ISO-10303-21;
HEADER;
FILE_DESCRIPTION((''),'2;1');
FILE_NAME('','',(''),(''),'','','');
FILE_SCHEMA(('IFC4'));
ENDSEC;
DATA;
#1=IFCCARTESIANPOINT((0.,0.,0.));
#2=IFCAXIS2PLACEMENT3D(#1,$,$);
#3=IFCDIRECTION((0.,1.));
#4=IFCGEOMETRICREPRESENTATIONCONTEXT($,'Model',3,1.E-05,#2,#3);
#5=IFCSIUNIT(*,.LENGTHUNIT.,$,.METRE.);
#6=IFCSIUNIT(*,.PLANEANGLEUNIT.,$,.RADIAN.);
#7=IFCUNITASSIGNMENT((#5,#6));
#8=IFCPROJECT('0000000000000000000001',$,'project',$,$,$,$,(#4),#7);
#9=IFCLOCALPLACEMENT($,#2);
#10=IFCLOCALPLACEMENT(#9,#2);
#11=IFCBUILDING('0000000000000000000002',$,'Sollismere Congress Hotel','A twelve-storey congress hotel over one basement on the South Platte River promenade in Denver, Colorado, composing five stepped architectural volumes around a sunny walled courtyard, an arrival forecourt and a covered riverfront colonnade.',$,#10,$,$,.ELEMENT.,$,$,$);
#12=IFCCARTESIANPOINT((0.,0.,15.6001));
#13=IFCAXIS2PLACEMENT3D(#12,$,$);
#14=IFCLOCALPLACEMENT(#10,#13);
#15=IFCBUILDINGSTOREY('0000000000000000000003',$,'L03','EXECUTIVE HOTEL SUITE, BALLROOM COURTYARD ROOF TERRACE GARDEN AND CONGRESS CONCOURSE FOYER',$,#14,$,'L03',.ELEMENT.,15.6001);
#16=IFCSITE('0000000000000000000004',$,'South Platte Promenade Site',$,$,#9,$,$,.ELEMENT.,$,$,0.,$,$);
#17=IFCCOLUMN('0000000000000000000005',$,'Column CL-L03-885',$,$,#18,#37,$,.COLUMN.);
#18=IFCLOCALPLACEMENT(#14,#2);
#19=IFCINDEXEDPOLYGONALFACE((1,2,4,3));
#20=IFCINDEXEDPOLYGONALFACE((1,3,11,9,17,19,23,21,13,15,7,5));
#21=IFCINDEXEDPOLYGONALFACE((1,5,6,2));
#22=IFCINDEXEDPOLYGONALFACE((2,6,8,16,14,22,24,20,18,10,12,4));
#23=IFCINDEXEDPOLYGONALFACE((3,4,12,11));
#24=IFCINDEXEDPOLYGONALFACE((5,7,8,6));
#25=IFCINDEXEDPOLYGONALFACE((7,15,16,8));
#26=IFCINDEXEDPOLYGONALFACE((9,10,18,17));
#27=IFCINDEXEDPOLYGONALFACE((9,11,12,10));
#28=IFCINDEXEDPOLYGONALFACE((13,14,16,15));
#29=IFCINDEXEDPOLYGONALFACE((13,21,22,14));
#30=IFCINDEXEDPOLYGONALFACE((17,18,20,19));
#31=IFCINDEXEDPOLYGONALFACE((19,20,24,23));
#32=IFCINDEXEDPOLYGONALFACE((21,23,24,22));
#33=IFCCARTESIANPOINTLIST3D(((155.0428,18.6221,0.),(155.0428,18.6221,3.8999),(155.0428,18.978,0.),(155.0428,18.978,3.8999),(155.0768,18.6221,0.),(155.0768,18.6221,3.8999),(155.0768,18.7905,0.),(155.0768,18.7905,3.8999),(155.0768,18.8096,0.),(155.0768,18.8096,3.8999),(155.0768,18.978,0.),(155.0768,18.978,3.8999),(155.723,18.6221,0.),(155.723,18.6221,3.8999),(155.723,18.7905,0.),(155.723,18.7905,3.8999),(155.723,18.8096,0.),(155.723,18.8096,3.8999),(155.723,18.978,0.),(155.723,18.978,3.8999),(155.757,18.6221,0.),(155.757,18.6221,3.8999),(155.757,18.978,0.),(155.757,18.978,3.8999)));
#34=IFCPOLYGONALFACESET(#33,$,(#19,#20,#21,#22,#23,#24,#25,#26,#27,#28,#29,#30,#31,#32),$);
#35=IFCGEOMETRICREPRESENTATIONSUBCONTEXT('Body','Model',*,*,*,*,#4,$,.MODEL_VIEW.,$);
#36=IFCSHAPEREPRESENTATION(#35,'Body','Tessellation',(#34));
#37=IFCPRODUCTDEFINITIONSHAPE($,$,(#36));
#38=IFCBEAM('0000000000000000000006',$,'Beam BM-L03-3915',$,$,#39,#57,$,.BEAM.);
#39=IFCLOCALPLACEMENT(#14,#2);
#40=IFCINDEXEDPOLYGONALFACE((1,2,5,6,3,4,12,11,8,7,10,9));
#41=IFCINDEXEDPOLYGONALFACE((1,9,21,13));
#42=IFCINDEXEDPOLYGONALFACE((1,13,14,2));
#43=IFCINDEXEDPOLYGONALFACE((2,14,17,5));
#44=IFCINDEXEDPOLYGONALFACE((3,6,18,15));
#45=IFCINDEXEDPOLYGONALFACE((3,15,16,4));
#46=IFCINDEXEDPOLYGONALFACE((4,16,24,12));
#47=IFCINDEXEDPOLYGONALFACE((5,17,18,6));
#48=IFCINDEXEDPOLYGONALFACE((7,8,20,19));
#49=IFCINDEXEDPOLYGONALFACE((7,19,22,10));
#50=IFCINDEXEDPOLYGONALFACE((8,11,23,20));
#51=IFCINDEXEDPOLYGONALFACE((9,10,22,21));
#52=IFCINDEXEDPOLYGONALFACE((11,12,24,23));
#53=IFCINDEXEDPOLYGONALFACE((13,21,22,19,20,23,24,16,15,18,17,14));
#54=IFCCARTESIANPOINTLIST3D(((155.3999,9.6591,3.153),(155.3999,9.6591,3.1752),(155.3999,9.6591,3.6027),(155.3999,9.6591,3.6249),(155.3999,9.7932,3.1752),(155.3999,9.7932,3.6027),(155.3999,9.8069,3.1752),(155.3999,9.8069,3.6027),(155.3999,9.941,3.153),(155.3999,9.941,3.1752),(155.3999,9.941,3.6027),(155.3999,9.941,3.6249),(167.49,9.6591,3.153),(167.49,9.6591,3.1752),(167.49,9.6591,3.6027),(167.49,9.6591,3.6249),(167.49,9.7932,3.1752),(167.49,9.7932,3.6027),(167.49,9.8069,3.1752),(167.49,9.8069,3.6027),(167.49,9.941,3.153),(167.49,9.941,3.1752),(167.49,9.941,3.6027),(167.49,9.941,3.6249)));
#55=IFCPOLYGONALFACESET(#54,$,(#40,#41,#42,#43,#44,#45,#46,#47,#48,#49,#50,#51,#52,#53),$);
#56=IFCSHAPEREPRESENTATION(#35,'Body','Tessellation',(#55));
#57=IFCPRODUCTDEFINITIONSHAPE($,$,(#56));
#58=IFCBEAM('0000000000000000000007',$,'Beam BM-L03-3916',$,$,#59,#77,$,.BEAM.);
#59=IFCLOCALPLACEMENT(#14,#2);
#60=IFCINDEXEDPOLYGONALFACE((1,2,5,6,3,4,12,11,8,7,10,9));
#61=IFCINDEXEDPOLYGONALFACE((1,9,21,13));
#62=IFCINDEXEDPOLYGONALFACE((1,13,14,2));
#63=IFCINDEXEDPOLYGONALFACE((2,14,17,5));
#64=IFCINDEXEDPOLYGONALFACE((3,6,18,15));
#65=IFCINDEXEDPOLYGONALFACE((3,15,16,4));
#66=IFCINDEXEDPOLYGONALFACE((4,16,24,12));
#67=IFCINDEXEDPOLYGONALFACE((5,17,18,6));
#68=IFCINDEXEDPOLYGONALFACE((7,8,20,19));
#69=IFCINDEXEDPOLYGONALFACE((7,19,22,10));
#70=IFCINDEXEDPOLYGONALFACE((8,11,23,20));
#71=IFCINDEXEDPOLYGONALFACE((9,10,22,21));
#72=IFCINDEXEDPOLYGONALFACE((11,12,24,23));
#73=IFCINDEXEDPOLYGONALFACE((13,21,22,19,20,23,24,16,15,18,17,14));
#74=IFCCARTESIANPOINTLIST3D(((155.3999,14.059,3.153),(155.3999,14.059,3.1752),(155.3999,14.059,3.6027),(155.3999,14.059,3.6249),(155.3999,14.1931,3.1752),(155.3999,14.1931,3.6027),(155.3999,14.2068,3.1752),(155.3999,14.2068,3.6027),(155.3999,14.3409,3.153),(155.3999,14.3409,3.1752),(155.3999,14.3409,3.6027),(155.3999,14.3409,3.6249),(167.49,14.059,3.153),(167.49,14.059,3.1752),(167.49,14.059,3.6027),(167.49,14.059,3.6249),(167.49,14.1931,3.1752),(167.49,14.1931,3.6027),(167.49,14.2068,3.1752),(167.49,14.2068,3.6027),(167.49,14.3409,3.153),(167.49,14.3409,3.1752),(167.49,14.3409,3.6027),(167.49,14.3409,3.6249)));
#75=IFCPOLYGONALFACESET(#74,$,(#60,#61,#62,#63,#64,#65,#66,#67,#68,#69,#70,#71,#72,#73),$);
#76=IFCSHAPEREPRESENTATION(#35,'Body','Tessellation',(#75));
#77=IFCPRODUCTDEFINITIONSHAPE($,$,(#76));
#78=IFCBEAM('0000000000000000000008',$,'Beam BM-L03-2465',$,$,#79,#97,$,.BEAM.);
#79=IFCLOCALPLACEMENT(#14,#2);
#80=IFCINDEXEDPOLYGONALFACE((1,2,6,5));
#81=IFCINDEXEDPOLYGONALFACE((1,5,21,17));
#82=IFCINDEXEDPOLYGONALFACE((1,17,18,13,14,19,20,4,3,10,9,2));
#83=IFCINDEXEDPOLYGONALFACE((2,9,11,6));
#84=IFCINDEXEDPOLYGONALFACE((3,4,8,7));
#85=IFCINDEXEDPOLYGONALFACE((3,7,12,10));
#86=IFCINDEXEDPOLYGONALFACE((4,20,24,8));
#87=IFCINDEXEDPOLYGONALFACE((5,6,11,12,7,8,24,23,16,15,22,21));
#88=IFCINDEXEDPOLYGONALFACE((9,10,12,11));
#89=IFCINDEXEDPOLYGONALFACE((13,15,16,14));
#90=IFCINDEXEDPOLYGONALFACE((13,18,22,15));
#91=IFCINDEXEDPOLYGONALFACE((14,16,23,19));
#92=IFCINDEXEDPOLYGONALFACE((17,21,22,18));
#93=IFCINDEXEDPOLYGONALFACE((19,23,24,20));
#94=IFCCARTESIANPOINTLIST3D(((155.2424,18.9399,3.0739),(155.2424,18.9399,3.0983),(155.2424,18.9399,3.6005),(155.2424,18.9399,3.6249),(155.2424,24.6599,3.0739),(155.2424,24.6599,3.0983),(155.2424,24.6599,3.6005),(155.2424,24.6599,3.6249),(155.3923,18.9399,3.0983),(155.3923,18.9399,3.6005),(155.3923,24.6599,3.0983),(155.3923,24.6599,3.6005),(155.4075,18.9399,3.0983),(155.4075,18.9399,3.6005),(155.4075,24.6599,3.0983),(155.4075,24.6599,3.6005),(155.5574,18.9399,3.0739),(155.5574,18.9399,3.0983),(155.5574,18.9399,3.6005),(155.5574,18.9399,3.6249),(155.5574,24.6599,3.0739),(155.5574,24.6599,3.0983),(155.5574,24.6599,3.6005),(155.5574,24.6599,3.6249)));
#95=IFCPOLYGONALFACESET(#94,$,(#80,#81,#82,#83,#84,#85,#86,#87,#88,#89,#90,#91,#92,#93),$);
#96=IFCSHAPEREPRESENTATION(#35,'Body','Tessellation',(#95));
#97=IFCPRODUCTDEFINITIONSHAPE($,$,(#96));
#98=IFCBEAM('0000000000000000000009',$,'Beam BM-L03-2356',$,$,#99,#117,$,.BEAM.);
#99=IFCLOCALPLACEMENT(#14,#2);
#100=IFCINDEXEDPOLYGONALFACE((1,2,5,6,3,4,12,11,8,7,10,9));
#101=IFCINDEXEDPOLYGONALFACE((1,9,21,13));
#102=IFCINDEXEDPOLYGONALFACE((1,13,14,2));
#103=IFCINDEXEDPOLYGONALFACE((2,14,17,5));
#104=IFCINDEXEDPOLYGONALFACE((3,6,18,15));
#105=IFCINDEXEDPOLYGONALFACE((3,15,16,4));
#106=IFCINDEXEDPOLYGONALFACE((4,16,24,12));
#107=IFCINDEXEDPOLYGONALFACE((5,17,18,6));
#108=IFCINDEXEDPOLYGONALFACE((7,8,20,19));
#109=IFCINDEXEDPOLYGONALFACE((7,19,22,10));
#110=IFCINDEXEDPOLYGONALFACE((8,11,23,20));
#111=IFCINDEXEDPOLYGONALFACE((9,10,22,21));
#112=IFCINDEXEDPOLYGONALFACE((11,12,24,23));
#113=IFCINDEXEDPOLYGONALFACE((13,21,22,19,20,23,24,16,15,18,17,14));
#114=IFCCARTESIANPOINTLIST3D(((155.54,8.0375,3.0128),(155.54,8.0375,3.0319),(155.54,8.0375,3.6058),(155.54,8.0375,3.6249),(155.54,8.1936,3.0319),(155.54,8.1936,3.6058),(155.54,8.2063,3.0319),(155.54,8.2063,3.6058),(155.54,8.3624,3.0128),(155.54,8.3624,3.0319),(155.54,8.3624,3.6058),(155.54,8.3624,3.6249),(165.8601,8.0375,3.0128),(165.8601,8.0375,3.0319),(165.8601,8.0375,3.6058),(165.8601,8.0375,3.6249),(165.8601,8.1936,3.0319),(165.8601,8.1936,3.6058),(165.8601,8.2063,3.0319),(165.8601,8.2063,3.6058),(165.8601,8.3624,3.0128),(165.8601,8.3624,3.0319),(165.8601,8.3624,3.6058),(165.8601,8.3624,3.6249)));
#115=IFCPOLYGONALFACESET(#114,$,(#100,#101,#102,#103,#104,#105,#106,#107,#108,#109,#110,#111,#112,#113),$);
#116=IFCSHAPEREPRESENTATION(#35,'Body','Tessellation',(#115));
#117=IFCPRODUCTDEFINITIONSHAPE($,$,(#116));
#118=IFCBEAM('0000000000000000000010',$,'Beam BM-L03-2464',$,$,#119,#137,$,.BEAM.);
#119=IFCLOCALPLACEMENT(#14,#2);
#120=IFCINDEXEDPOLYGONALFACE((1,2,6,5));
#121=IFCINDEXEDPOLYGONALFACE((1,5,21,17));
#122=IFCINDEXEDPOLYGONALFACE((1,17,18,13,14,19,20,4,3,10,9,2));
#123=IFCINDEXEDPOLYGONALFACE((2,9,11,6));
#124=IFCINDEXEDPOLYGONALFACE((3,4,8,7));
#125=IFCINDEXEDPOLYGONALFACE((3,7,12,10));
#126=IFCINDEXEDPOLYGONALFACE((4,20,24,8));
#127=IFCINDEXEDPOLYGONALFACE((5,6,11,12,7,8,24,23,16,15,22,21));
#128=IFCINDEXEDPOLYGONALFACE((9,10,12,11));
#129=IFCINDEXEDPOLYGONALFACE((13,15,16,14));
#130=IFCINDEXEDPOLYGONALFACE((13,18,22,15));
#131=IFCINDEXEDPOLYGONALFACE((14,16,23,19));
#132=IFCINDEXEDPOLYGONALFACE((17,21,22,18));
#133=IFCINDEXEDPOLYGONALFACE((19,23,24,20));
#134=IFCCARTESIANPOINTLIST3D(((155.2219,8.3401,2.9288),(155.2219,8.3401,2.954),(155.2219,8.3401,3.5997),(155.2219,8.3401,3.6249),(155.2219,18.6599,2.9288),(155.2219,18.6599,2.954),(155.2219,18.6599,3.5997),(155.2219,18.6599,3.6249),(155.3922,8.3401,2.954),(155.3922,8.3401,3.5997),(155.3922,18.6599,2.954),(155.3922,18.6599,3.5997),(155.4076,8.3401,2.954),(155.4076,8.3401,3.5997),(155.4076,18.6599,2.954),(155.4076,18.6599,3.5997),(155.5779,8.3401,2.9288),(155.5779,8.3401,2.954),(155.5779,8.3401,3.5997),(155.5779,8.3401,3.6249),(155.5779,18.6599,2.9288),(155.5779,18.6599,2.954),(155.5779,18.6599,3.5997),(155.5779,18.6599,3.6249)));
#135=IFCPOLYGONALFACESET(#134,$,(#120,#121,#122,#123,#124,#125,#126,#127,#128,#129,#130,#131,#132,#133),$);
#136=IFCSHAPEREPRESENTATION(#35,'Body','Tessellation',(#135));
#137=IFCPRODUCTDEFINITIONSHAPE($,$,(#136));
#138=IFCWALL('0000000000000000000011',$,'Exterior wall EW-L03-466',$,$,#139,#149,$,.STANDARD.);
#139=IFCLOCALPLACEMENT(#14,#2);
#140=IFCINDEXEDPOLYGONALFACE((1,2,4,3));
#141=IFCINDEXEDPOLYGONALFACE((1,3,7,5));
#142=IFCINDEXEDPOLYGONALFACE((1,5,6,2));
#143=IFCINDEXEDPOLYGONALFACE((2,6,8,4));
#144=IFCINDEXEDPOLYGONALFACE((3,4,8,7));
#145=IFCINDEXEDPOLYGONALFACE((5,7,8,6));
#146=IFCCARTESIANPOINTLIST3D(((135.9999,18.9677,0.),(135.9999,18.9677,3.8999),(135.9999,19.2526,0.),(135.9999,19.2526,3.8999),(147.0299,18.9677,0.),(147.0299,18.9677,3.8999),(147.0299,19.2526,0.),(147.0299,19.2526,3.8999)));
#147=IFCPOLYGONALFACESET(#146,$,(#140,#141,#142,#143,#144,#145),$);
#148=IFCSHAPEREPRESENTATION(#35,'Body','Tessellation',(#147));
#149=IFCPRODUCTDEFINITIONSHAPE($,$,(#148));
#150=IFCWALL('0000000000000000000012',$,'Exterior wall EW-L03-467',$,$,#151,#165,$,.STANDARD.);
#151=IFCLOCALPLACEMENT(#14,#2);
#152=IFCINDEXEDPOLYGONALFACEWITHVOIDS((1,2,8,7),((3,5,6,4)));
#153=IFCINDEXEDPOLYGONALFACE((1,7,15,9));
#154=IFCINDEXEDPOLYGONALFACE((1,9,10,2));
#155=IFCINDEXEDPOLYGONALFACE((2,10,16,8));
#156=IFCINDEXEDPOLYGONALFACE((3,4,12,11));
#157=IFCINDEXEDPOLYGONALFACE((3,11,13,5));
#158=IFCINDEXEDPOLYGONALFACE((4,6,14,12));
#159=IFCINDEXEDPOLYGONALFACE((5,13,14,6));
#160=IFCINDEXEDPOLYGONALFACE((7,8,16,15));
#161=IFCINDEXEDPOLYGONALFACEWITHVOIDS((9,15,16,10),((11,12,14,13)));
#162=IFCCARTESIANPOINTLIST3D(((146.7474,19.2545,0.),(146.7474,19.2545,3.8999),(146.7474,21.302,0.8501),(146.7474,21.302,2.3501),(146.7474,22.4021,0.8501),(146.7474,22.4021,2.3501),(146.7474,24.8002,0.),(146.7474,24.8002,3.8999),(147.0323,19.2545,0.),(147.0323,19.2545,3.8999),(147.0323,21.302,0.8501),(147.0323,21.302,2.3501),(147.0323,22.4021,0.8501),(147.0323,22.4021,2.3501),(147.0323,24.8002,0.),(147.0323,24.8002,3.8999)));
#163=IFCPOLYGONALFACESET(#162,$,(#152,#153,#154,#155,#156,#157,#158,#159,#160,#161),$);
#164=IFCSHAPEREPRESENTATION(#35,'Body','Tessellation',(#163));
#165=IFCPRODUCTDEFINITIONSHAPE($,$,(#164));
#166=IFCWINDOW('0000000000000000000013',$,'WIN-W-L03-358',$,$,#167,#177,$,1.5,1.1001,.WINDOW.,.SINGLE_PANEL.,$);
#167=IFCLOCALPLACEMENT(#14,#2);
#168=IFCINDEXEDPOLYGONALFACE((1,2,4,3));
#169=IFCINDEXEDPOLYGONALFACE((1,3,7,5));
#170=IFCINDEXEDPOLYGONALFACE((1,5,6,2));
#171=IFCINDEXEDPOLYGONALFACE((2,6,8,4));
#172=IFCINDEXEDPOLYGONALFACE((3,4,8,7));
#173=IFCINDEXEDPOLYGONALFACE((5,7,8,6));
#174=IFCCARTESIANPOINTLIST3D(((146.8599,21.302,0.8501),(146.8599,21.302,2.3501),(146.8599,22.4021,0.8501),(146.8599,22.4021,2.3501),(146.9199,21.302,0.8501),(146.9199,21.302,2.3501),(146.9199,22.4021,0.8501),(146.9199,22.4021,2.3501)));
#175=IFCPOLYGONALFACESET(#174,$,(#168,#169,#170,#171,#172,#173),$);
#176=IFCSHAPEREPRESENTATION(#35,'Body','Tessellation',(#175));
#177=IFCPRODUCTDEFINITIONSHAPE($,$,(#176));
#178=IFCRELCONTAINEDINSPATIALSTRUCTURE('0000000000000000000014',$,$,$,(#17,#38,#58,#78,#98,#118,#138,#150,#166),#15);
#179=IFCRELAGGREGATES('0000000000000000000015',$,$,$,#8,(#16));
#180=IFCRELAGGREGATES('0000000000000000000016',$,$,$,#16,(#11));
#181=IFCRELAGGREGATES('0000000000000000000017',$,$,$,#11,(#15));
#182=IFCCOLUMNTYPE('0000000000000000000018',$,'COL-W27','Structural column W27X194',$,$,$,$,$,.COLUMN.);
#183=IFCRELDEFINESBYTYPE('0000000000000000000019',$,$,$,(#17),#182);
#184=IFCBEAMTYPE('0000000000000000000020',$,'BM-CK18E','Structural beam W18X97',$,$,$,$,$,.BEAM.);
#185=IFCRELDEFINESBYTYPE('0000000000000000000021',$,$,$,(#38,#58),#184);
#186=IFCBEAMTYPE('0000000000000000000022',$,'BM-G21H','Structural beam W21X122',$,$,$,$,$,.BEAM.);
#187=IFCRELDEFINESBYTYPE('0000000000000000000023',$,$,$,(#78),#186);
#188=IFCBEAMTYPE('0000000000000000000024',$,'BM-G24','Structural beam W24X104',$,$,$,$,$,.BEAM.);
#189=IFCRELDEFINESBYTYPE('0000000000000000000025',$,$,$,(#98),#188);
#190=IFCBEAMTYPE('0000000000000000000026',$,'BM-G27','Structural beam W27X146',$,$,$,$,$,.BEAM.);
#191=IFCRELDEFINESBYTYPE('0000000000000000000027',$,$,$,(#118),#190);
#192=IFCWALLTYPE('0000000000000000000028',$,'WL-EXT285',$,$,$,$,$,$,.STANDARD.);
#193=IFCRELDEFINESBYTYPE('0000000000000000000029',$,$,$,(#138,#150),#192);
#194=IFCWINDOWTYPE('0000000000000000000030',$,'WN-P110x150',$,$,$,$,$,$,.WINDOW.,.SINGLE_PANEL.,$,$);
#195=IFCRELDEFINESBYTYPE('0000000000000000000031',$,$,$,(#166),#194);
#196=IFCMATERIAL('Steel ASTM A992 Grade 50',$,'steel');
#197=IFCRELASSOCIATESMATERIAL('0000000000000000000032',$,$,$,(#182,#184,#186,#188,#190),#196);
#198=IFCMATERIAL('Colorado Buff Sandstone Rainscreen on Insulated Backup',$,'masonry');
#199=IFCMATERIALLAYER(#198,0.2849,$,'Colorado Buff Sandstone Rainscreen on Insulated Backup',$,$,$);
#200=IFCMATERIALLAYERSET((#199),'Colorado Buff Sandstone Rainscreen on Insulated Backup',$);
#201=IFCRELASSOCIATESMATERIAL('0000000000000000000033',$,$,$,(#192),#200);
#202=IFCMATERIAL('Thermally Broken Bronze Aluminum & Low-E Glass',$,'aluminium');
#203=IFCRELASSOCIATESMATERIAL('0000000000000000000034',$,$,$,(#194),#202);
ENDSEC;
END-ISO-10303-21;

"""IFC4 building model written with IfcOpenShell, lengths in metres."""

from ifc_helpers import new_model, si_unit, direction, frame, frame_2d, origin, origin_2d, place, context, subcontext, project, spatial, rectangle, i_section, extrude, material, layer, layer_set, material_profile, profile_set, type_object, element, fill, save


model = new_model("IFC4")

# Units and contexts
model_context = context("Model", 3, precision=1e-05, world=origin(), true_north=direction((0.0, 1.0)))
body_context = subcontext(model_context, "Body", "Model", "MODEL_VIEW")
ifc_project = project(units=[si_unit("LENGTHUNIT", "METRE"), si_unit("PLANEANGLEUNIT", "RADIAN")], contexts=[model_context])

# Site, building, storey
site_placement = place(None, origin())
site = spatial("IfcSite", under=ifc_project, at=site_placement, Name="South Platte Promenade Site", CompositionType="ELEMENT", RefElevation=0.0)
building_placement = place(site_placement, origin())
building = spatial("IfcBuilding", under=site, at=building_placement, Name="Sollismere Congress Hotel", Description="A twelve-storey congress hotel over one basement on the South Platte River promenade in Denver, Colorado, composing five stepped architectural volumes around a sunny walled courtyard, an arrival forecourt and a covered riverfront colonnade.", CompositionType="ELEMENT")
storey_placement = place(building_placement, frame((0.0, 0.0, 15.6001)))
storey = spatial("IfcBuildingStorey", under=building, at=storey_placement, Name="L03", Description="EXECUTIVE HOTEL SUITE, BALLROOM COURTYARD ROOF TERRACE GARDEN AND CONGRESS CONCOURSE FOYER", LongName="L03", CompositionType="ELEMENT", Elevation=15.6001)

# Column
ifc_material_1 = material(Name="Steel ASTM A992 Grade 50", Category="steel")
ifc_material_profile_1 = material_profile(ifc_material_1, i_section(OverallWidth=0.356, OverallDepth=0.7141, WebThickness=0.019, FlangeThickness=0.0339, at=origin_2d()), Name="W27X194")
ifc_profile_set_1 = profile_set([ifc_material_profile_1], Name="Steel ASTM A992 Grade 50")
column_type = type_object("IfcColumnType", Name="COL-W27", Description="Structural column W27X194", PredefinedType="COLUMN", material=ifc_profile_set_1)
column_placement = place(storey_placement, frame((155.3999, 18.8, 0.0), z_axis=(0.0, 0.0, 1.0), x_axis=(0.0, 1.0, 0.0)))
element("IfcColumn", 1, at=column_placement, inside=storey, type_object=column_type, Name="Column CL-L03-885", PredefinedType="COLUMN", context=body_context, shape_type="SweptSolid", body=[
    extrude(i_section(OverallWidth=0.356, OverallDepth=0.7141, WebThickness=0.019, FlangeThickness=0.0339, at=origin_2d()), origin(), (0.0, 0.0, 1.0), 3.8999),
])

# Beams
ifc_material_profile_2 = material_profile(ifc_material_1, i_section(OverallWidth=0.282, OverallDepth=0.4719, WebThickness=0.0137, FlangeThickness=0.0222, at=origin_2d()), Name="W18X97")
ifc_profile_set_2 = profile_set([ifc_material_profile_2], Name="Steel ASTM A992 Grade 50")
beam_type_1 = type_object("IfcBeamType", Name="BM-CK18E", Description="Structural beam W18X97", PredefinedType="BEAM", material=ifc_profile_set_2)
for number, where, z_axis, x_axis, name in (
    (2, (155.3999, 9.8, 3.3889), (1.0, 0.0, 0.0), (0.0, 1.0, 0.0), "Beam BM-L03-3915"),
    (3, (155.3999, 14.2, 3.3889), (1.0, 0.0, 0.0), (0.0, 1.0, 0.0), "Beam BM-L03-3916"),
):
    element("IfcBeam", number, at=place(storey_placement, frame(where, z_axis=z_axis, x_axis=x_axis)), inside=storey, type_object=beam_type_1, Name=name, PredefinedType="BEAM", context=body_context, shape_type="SweptSolid", body=[
        extrude(i_section(OverallWidth=0.282, OverallDepth=0.4719, WebThickness=0.0137, FlangeThickness=0.0222, at=origin_2d()), origin(), (0.0, 0.0, 1.0), 12.0901),
    ])
ifc_material_profile_3 = material_profile(ifc_material_1, i_section(OverallWidth=0.3149, OverallDepth=0.551, WebThickness=0.0151, FlangeThickness=0.0244, at=origin_2d()), Name="W21X122")
ifc_profile_set_3 = profile_set([ifc_material_profile_3], Name="Steel ASTM A992 Grade 50")
beam_type_2 = type_object("IfcBeamType", Name="BM-G21H", Description="Structural beam W21X122", PredefinedType="BEAM", material=ifc_profile_set_3)
beam_1_placement = place(storey_placement, frame((155.3999, 18.9399, 3.3494), z_axis=(0.0, 1.0, 0.0), x_axis=(-1.0, 0.0, 0.0)))
element("IfcBeam", 4, at=beam_1_placement, inside=storey, type_object=beam_type_2, Name="Beam BM-L03-2465", PredefinedType="BEAM", context=body_context, shape_type="SweptSolid", body=[
    extrude(i_section(OverallWidth=0.3149, OverallDepth=0.551, WebThickness=0.0151, FlangeThickness=0.0244, at=origin_2d()), origin(), (0.0, 0.0, 1.0), 5.72),
])
ifc_material_profile_4 = material_profile(ifc_material_1, i_section(OverallWidth=0.325, OverallDepth=0.6121, WebThickness=0.0127, FlangeThickness=0.019, at=origin_2d()), Name="W24X104")
ifc_profile_set_4 = profile_set([ifc_material_profile_4], Name="Steel ASTM A992 Grade 50")
beam_type_3 = type_object("IfcBeamType", Name="BM-G24", Description="Structural beam W24X104", PredefinedType="BEAM", material=ifc_profile_set_4)
beam_2_placement = place(storey_placement, frame((155.54, 8.2, 3.3188), z_axis=(1.0, 0.0, 0.0), x_axis=(0.0, 1.0, 0.0)))
element("IfcBeam", 5, at=beam_2_placement, inside=storey, type_object=beam_type_3, Name="Beam BM-L03-2356", PredefinedType="BEAM", context=body_context, shape_type="SweptSolid", body=[
    extrude(i_section(OverallWidth=0.325, OverallDepth=0.6121, WebThickness=0.0127, FlangeThickness=0.019, at=origin_2d()), origin(), (0.0, 0.0, 1.0), 10.3201),
])
ifc_material_profile_5 = material_profile(ifc_material_1, i_section(OverallWidth=0.356, OverallDepth=0.696, WebThickness=0.0154, FlangeThickness=0.0251, at=origin_2d()), Name="W27X146")
ifc_profile_set_5 = profile_set([ifc_material_profile_5], Name="Steel ASTM A992 Grade 50")
beam_type_4 = type_object("IfcBeamType", Name="BM-G27", Description="Structural beam W27X146", PredefinedType="BEAM", material=ifc_profile_set_5)
beam_3_placement = place(storey_placement, frame((155.3999, 8.3401, 3.2769), z_axis=(0.0, 1.0, 0.0), x_axis=(-1.0, 0.0, 0.0)))
element("IfcBeam", 6, at=beam_3_placement, inside=storey, type_object=beam_type_4, Name="Beam BM-L03-2464", PredefinedType="BEAM", context=body_context, shape_type="SweptSolid", body=[
    extrude(i_section(OverallWidth=0.356, OverallDepth=0.696, WebThickness=0.0154, FlangeThickness=0.0251, at=origin_2d()), origin(), (0.0, 0.0, 1.0), 10.3198),
])

# Wall
ifc_material_2 = material(Name="Colorado Buff Sandstone Rainscreen on Insulated Backup", Category="masonry")
ifc_layer_1 = layer(ifc_material_2, 0.2849, Name="Colorado Buff Sandstone Rainscreen on Insulated Backup")
ifc_layer_set_1 = layer_set([ifc_layer_1], Name="Colorado Buff Sandstone Rainscreen on Insulated Backup")
wall_type_1 = type_object("IfcWallType", Name="WL-EXT285", PredefinedType="STANDARD", material=ifc_layer_set_1)
wall_1_placement = place(storey_placement, frame((147.03, 19.1101, 0.0), z_axis=(0.0, 0.0, 1.0), x_axis=(-1.0, 0.0, 0.0)))
element("IfcWall", 7, at=wall_1_placement, inside=storey, type_object=wall_type_1, Name="Exterior wall EW-L03-466", PredefinedType="STANDARD", context=body_context, shape_type="SweptSolid", body=[
    extrude(rectangle(XDim=11.03, YDim=0.2849, at=frame_2d((5.5151, 0.0))), origin(), (0.0, 0.0, 1.0), 3.8999),
])

# Wall, opening, window
wall_2_placement = place(storey_placement, frame((146.8899, 19.2544, 0.0), z_axis=(0.0, 0.0, 1.0), x_axis=(0.0, 1.0, 0.0)))
wall_2 = element("IfcWall", 8, at=wall_2_placement, inside=storey, type_object=wall_type_1, Name="Exterior wall EW-L03-467", PredefinedType="STANDARD", context=body_context, shape_type="SweptSolid", body=[
    extrude(rectangle(XDim=5.5457, YDim=0.2849, at=frame_2d((2.7729, 0.0))), origin(), (0.0, 0.0, 1.0), 3.8999),
])
opening_1_placement = place(wall_2_placement, frame((2.0476, 0.0, 0.8501)))
opening_1 = element("IfcOpeningElement", 9, at=opening_1_placement, cuts=wall_2, PredefinedType="OPENING", context=body_context, shape_type="SweptSolid", body=[
    extrude(rectangle(XDim=1.1001, YDim=1.5, at=frame_2d((0.55, 0.75))), frame((0.0, 0.1523, 0.0), z_axis=(0.0, -1.0, 0.0), x_axis=(1.0, 0.0, 0.0)), (0.0, 0.0, 1.0), 0.3049),
])
ifc_material_3 = material(Name="Thermally Broken Bronze Aluminum & Low-E Glass", Category="aluminium")
window_type = type_object("IfcWindowType", Name="WN-P110x150", PartitioningType="SINGLE_PANEL", PredefinedType="WINDOW", material=ifc_material_3)
window_placement = place(opening_1_placement, origin())
window = element("IfcWindow", 10, at=window_placement, inside=storey, type_object=window_type, Name="WIN-W-L03-358", OverallHeight=1.5, OverallWidth=1.1001, PartitioningType="SINGLE_PANEL", PredefinedType="WINDOW", context=body_context, shape_type="SweptSolid", body=[
    extrude(rectangle(XDim=1.1001, YDim=1.5, at=frame_2d((0.55, 0.75))), frame((0.0, 0.03, 0.0), z_axis=(0.0, -1.0, 0.0), x_axis=(1.0, 0.0, 0.0)), (0.0, 0.0, 1.0), 0.0601),
])
fill(opening_1, window)

save(model, "model.ifc")
